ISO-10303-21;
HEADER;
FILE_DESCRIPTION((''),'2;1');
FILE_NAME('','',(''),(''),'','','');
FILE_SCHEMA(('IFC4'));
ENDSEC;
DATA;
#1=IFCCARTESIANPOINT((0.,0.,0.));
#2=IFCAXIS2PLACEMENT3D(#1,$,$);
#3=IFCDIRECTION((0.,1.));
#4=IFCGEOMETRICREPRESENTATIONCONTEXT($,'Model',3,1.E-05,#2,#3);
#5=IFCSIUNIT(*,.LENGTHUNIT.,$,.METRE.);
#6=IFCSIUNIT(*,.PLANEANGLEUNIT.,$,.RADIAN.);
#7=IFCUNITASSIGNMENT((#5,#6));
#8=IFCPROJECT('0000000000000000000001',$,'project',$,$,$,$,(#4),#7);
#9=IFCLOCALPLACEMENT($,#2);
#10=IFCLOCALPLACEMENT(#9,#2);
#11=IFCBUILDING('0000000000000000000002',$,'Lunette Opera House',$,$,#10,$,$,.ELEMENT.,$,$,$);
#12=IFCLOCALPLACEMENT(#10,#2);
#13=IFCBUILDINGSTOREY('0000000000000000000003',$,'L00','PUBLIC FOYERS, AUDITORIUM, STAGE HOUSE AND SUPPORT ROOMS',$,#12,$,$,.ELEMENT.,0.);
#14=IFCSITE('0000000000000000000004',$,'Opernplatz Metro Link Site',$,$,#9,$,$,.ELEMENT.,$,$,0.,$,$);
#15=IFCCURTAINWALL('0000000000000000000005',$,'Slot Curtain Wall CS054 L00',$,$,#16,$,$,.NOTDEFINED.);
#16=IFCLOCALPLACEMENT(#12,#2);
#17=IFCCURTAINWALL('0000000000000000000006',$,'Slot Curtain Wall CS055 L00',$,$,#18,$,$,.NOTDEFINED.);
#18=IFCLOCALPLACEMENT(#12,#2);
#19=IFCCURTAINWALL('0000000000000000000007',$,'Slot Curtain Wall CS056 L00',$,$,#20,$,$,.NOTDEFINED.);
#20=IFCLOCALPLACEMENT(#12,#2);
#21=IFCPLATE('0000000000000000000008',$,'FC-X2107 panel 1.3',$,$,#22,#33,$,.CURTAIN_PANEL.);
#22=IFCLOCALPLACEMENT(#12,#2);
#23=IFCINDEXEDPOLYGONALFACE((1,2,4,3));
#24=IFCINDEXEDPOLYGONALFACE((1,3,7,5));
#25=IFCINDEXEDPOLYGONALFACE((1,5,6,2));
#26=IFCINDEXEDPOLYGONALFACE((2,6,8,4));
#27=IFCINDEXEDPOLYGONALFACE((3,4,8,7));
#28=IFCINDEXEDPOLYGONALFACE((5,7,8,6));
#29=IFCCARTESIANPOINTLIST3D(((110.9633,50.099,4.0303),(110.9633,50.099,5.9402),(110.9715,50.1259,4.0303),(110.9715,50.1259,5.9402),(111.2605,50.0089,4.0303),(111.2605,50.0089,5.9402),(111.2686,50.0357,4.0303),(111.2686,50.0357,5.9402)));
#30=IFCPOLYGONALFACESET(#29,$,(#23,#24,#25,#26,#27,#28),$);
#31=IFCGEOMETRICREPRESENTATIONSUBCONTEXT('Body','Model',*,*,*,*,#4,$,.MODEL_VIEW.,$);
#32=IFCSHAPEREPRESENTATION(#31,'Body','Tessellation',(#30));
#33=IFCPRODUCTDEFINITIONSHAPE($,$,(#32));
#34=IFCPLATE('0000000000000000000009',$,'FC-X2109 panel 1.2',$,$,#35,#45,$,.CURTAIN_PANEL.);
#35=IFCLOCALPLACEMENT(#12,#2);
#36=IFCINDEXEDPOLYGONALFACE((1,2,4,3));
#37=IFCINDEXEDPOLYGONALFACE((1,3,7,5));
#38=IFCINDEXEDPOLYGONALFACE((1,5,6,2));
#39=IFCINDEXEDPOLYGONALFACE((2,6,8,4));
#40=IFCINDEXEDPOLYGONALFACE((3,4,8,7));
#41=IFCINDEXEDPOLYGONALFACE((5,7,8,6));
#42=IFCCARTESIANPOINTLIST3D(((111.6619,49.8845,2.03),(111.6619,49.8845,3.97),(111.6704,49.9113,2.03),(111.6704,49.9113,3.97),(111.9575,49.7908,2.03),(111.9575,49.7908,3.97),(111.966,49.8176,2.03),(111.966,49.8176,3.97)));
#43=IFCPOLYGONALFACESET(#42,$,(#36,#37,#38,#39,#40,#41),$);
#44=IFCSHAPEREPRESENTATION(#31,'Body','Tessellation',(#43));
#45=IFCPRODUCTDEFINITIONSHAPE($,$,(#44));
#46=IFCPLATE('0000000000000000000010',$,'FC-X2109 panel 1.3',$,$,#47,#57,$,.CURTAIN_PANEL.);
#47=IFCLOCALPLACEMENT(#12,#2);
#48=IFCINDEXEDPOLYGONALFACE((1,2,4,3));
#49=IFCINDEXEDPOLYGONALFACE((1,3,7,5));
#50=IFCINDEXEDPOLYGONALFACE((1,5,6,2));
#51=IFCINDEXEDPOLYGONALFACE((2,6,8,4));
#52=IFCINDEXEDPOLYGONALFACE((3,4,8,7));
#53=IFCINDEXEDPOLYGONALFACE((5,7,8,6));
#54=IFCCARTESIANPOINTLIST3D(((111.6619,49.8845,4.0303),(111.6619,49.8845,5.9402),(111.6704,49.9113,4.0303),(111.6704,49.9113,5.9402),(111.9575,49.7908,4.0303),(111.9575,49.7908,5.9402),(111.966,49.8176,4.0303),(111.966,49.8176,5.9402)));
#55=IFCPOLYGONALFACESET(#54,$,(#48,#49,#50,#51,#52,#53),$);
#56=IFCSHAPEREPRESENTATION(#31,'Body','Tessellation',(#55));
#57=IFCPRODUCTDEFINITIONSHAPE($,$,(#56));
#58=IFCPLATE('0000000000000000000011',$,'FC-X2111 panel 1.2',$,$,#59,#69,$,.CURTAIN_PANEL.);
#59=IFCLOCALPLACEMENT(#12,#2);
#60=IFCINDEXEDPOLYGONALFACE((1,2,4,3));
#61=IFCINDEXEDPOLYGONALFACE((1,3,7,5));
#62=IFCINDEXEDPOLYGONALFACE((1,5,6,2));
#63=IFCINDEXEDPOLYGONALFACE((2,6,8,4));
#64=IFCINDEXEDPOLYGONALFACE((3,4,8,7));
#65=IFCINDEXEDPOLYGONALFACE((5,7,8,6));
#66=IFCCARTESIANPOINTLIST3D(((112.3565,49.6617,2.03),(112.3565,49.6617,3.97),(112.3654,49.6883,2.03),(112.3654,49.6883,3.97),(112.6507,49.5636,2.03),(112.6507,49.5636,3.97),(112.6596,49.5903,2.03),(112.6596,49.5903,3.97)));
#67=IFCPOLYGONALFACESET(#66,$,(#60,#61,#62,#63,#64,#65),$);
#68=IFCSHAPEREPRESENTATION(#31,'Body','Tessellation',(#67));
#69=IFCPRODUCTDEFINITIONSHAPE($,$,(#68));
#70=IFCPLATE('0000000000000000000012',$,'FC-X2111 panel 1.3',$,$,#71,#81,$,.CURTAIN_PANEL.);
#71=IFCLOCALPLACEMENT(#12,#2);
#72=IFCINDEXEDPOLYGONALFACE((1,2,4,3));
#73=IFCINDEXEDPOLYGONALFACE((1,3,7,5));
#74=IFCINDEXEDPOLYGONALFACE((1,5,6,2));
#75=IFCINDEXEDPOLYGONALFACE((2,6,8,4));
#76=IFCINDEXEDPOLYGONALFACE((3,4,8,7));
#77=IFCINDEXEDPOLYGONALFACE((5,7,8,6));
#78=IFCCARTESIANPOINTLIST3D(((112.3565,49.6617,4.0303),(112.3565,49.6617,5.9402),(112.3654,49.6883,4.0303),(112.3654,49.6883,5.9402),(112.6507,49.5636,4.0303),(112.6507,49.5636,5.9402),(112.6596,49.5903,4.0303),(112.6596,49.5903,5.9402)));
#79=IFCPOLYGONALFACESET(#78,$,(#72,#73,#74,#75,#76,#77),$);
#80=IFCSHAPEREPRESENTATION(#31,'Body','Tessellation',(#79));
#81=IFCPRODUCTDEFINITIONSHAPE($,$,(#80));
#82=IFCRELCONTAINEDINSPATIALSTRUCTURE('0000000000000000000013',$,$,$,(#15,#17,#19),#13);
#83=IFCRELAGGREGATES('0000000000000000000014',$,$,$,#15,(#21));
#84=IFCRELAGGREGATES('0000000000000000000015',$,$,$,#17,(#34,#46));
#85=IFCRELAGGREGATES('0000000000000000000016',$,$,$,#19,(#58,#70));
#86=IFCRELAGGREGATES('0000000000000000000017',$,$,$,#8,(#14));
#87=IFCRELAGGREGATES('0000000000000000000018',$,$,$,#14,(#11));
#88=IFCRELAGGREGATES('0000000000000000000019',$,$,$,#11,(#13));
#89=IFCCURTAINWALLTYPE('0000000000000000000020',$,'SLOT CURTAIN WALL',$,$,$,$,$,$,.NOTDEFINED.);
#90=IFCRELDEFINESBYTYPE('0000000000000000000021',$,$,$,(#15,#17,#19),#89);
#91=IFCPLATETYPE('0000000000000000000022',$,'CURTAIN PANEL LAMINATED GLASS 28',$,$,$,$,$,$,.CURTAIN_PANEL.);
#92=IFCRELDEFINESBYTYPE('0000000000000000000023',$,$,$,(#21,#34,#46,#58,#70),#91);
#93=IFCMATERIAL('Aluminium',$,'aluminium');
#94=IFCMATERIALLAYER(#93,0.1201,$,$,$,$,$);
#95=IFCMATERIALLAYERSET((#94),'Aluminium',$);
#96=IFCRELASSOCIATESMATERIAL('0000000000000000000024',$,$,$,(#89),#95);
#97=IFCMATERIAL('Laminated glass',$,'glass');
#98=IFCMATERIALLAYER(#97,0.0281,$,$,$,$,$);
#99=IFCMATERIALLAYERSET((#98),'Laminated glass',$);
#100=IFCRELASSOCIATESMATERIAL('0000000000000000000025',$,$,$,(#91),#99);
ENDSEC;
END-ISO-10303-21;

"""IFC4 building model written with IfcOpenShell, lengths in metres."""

from ifc_helpers import new_model, si_unit, direction, frame, origin, origin_2d, place, context, subcontext, project, spatial, rectangle, extrude, material, layer, layer_set, type_object, element, aggregate, save


model = new_model("IFC4")

# Units and contexts
model_context = context("Model", 3, precision=1e-05, world=origin(), true_north=direction((0.0, 1.0)))
body_context = subcontext(model_context, "Body", "Model", "MODEL_VIEW")
ifc_project = project(units=[si_unit("LENGTHUNIT", "METRE"), si_unit("PLANEANGLEUNIT", "RADIAN")], contexts=[model_context])

# Site, building, storey
site_placement = place(None, origin())
site = spatial("IfcSite", under=ifc_project, at=site_placement, Name="Opernplatz Metro Link Site", CompositionType="ELEMENT", RefElevation=0.0)
building_placement = place(site_placement, origin())
building = spatial("IfcBuilding", under=site, at=building_placement, Name="Lunette Opera House", CompositionType="ELEMENT")
storey_placement = place(building_placement, origin())
storey = spatial("IfcBuildingStorey", under=building, at=storey_placement, Name="L00", Description="PUBLIC FOYERS, AUDITORIUM, STAGE HOUSE AND SUPPORT ROOMS", CompositionType="ELEMENT", Elevation=0.0)

# Curtain walls
ifc_material_1 = material(Name="Aluminium", Category="aluminium")
ifc_layer_1 = layer(ifc_material_1, 0.1201)
ifc_layer_set_1 = layer_set([ifc_layer_1], Name="Aluminium")
curtain_wall_type = type_object("IfcCurtainWallType", Name="SLOT CURTAIN WALL", PredefinedType="NOTDEFINED", material=ifc_layer_set_1)
curtain_wall_1_placement = place(storey_placement, origin())
curtain_wall_1 = element("IfcCurtainWall", 1, at=curtain_wall_1_placement, inside=storey, type_object=curtain_wall_type, Name="Slot Curtain Wall CS054 L00", PredefinedType="NOTDEFINED")
curtain_wall_2_placement = place(storey_placement, origin())
curtain_wall_2 = element("IfcCurtainWall", 2, at=curtain_wall_2_placement, inside=storey, type_object=curtain_wall_type, Name="Slot Curtain Wall CS055 L00", PredefinedType="NOTDEFINED")
curtain_wall_3_placement = place(storey_placement, origin())
curtain_wall_3 = element("IfcCurtainWall", 3, at=curtain_wall_3_placement, inside=storey, type_object=curtain_wall_type, Name="Slot Curtain Wall CS056 L00", PredefinedType="NOTDEFINED")

# Shared definitions
ifc_material_2 = material(Name="Laminated glass", Category="glass")
ifc_layer_2 = layer(ifc_material_2, 0.0281)
ifc_layer_set_2 = layer_set([ifc_layer_2], Name="Laminated glass")
plate_type = type_object("IfcPlateType", Name="CURTAIN PANEL LAMINATED GLASS 28", PredefinedType="CURTAIN_PANEL", material=ifc_layer_set_2)

# Plates
plate_1_placement = place(storey_placement, frame((111.116, 50.0674, 4.0303), z_axis=(0.0, 0.0, 1.0), x_axis=(0.956927, -0.29033, 0.0)))
plate_1 = element("IfcPlate", 4, at=plate_1_placement, type_object=plate_type, Name="FC-X2107 panel 1.3", PredefinedType="CURTAIN_PANEL", context=body_context, shape_type="SweptSolid", body=[
    extrude(rectangle(XDim=0.3105, YDim=0.0281, at=origin_2d()), origin(), (0.0, 0.0, 1.0), 1.9099),
])
aggregate(curtain_wall_1, [plate_1])
plate_2_placement = place(storey_placement, frame((111.814, 49.8511, 2.03), z_axis=(0.0, 0.0, 1.0), x_axis=(0.953231, -0.302244, 0.0)))
plate_2 = element("IfcPlate", 5, at=plate_2_placement, type_object=plate_type, Name="FC-X2109 panel 1.2", PredefinedType="CURTAIN_PANEL", context=body_context, shape_type="SweptSolid", body=[
    extrude(rectangle(XDim=0.3101, YDim=0.0281, at=origin_2d()), origin(), (0.0, 0.0, 1.0), 1.9399),
])
plate_3_placement = place(storey_placement, frame((111.814, 49.8511, 4.0303), z_axis=(0.0, 0.0, 1.0), x_axis=(0.953231, -0.302244, 0.0)))
plate_3 = element("IfcPlate", 6, at=plate_3_placement, type_object=plate_type, Name="FC-X2109 panel 1.3", PredefinedType="CURTAIN_PANEL", context=body_context, shape_type="SweptSolid", body=[
    extrude(rectangle(XDim=0.3101, YDim=0.0281, at=origin_2d()), origin(), (0.0, 0.0, 1.0), 1.9099),
])
aggregate(curtain_wall_2, [plate_2, plate_3])
plate_4_placement = place(storey_placement, frame((112.5081, 49.626, 2.03), z_axis=(0.0, 0.0, 1.0), x_axis=(0.948683, -0.316228, 0.0)))
plate_4 = element("IfcPlate", 7, at=plate_4_placement, type_object=plate_type, Name="FC-X2111 panel 1.2", PredefinedType="CURTAIN_PANEL", context=body_context, shape_type="SweptSolid", body=[
    extrude(rectangle(XDim=0.3101, YDim=0.0281, at=origin_2d()), origin(), (0.0, 0.0, 1.0), 1.9399),
])
plate_5_placement = place(storey_placement, frame((112.5081, 49.626, 4.0303), z_axis=(0.0, 0.0, 1.0), x_axis=(0.948683, -0.316228, 0.0)))
plate_5 = element("IfcPlate", 8, at=plate_5_placement, type_object=plate_type, Name="FC-X2111 panel 1.3", PredefinedType="CURTAIN_PANEL", context=body_context, shape_type="SweptSolid", body=[
    extrude(rectangle(XDim=0.3101, YDim=0.0281, at=origin_2d()), origin(), (0.0, 0.0, 1.0), 1.9099),
])
aggregate(curtain_wall_3, [plate_4, plate_5])

save(model, "model.ifc")
